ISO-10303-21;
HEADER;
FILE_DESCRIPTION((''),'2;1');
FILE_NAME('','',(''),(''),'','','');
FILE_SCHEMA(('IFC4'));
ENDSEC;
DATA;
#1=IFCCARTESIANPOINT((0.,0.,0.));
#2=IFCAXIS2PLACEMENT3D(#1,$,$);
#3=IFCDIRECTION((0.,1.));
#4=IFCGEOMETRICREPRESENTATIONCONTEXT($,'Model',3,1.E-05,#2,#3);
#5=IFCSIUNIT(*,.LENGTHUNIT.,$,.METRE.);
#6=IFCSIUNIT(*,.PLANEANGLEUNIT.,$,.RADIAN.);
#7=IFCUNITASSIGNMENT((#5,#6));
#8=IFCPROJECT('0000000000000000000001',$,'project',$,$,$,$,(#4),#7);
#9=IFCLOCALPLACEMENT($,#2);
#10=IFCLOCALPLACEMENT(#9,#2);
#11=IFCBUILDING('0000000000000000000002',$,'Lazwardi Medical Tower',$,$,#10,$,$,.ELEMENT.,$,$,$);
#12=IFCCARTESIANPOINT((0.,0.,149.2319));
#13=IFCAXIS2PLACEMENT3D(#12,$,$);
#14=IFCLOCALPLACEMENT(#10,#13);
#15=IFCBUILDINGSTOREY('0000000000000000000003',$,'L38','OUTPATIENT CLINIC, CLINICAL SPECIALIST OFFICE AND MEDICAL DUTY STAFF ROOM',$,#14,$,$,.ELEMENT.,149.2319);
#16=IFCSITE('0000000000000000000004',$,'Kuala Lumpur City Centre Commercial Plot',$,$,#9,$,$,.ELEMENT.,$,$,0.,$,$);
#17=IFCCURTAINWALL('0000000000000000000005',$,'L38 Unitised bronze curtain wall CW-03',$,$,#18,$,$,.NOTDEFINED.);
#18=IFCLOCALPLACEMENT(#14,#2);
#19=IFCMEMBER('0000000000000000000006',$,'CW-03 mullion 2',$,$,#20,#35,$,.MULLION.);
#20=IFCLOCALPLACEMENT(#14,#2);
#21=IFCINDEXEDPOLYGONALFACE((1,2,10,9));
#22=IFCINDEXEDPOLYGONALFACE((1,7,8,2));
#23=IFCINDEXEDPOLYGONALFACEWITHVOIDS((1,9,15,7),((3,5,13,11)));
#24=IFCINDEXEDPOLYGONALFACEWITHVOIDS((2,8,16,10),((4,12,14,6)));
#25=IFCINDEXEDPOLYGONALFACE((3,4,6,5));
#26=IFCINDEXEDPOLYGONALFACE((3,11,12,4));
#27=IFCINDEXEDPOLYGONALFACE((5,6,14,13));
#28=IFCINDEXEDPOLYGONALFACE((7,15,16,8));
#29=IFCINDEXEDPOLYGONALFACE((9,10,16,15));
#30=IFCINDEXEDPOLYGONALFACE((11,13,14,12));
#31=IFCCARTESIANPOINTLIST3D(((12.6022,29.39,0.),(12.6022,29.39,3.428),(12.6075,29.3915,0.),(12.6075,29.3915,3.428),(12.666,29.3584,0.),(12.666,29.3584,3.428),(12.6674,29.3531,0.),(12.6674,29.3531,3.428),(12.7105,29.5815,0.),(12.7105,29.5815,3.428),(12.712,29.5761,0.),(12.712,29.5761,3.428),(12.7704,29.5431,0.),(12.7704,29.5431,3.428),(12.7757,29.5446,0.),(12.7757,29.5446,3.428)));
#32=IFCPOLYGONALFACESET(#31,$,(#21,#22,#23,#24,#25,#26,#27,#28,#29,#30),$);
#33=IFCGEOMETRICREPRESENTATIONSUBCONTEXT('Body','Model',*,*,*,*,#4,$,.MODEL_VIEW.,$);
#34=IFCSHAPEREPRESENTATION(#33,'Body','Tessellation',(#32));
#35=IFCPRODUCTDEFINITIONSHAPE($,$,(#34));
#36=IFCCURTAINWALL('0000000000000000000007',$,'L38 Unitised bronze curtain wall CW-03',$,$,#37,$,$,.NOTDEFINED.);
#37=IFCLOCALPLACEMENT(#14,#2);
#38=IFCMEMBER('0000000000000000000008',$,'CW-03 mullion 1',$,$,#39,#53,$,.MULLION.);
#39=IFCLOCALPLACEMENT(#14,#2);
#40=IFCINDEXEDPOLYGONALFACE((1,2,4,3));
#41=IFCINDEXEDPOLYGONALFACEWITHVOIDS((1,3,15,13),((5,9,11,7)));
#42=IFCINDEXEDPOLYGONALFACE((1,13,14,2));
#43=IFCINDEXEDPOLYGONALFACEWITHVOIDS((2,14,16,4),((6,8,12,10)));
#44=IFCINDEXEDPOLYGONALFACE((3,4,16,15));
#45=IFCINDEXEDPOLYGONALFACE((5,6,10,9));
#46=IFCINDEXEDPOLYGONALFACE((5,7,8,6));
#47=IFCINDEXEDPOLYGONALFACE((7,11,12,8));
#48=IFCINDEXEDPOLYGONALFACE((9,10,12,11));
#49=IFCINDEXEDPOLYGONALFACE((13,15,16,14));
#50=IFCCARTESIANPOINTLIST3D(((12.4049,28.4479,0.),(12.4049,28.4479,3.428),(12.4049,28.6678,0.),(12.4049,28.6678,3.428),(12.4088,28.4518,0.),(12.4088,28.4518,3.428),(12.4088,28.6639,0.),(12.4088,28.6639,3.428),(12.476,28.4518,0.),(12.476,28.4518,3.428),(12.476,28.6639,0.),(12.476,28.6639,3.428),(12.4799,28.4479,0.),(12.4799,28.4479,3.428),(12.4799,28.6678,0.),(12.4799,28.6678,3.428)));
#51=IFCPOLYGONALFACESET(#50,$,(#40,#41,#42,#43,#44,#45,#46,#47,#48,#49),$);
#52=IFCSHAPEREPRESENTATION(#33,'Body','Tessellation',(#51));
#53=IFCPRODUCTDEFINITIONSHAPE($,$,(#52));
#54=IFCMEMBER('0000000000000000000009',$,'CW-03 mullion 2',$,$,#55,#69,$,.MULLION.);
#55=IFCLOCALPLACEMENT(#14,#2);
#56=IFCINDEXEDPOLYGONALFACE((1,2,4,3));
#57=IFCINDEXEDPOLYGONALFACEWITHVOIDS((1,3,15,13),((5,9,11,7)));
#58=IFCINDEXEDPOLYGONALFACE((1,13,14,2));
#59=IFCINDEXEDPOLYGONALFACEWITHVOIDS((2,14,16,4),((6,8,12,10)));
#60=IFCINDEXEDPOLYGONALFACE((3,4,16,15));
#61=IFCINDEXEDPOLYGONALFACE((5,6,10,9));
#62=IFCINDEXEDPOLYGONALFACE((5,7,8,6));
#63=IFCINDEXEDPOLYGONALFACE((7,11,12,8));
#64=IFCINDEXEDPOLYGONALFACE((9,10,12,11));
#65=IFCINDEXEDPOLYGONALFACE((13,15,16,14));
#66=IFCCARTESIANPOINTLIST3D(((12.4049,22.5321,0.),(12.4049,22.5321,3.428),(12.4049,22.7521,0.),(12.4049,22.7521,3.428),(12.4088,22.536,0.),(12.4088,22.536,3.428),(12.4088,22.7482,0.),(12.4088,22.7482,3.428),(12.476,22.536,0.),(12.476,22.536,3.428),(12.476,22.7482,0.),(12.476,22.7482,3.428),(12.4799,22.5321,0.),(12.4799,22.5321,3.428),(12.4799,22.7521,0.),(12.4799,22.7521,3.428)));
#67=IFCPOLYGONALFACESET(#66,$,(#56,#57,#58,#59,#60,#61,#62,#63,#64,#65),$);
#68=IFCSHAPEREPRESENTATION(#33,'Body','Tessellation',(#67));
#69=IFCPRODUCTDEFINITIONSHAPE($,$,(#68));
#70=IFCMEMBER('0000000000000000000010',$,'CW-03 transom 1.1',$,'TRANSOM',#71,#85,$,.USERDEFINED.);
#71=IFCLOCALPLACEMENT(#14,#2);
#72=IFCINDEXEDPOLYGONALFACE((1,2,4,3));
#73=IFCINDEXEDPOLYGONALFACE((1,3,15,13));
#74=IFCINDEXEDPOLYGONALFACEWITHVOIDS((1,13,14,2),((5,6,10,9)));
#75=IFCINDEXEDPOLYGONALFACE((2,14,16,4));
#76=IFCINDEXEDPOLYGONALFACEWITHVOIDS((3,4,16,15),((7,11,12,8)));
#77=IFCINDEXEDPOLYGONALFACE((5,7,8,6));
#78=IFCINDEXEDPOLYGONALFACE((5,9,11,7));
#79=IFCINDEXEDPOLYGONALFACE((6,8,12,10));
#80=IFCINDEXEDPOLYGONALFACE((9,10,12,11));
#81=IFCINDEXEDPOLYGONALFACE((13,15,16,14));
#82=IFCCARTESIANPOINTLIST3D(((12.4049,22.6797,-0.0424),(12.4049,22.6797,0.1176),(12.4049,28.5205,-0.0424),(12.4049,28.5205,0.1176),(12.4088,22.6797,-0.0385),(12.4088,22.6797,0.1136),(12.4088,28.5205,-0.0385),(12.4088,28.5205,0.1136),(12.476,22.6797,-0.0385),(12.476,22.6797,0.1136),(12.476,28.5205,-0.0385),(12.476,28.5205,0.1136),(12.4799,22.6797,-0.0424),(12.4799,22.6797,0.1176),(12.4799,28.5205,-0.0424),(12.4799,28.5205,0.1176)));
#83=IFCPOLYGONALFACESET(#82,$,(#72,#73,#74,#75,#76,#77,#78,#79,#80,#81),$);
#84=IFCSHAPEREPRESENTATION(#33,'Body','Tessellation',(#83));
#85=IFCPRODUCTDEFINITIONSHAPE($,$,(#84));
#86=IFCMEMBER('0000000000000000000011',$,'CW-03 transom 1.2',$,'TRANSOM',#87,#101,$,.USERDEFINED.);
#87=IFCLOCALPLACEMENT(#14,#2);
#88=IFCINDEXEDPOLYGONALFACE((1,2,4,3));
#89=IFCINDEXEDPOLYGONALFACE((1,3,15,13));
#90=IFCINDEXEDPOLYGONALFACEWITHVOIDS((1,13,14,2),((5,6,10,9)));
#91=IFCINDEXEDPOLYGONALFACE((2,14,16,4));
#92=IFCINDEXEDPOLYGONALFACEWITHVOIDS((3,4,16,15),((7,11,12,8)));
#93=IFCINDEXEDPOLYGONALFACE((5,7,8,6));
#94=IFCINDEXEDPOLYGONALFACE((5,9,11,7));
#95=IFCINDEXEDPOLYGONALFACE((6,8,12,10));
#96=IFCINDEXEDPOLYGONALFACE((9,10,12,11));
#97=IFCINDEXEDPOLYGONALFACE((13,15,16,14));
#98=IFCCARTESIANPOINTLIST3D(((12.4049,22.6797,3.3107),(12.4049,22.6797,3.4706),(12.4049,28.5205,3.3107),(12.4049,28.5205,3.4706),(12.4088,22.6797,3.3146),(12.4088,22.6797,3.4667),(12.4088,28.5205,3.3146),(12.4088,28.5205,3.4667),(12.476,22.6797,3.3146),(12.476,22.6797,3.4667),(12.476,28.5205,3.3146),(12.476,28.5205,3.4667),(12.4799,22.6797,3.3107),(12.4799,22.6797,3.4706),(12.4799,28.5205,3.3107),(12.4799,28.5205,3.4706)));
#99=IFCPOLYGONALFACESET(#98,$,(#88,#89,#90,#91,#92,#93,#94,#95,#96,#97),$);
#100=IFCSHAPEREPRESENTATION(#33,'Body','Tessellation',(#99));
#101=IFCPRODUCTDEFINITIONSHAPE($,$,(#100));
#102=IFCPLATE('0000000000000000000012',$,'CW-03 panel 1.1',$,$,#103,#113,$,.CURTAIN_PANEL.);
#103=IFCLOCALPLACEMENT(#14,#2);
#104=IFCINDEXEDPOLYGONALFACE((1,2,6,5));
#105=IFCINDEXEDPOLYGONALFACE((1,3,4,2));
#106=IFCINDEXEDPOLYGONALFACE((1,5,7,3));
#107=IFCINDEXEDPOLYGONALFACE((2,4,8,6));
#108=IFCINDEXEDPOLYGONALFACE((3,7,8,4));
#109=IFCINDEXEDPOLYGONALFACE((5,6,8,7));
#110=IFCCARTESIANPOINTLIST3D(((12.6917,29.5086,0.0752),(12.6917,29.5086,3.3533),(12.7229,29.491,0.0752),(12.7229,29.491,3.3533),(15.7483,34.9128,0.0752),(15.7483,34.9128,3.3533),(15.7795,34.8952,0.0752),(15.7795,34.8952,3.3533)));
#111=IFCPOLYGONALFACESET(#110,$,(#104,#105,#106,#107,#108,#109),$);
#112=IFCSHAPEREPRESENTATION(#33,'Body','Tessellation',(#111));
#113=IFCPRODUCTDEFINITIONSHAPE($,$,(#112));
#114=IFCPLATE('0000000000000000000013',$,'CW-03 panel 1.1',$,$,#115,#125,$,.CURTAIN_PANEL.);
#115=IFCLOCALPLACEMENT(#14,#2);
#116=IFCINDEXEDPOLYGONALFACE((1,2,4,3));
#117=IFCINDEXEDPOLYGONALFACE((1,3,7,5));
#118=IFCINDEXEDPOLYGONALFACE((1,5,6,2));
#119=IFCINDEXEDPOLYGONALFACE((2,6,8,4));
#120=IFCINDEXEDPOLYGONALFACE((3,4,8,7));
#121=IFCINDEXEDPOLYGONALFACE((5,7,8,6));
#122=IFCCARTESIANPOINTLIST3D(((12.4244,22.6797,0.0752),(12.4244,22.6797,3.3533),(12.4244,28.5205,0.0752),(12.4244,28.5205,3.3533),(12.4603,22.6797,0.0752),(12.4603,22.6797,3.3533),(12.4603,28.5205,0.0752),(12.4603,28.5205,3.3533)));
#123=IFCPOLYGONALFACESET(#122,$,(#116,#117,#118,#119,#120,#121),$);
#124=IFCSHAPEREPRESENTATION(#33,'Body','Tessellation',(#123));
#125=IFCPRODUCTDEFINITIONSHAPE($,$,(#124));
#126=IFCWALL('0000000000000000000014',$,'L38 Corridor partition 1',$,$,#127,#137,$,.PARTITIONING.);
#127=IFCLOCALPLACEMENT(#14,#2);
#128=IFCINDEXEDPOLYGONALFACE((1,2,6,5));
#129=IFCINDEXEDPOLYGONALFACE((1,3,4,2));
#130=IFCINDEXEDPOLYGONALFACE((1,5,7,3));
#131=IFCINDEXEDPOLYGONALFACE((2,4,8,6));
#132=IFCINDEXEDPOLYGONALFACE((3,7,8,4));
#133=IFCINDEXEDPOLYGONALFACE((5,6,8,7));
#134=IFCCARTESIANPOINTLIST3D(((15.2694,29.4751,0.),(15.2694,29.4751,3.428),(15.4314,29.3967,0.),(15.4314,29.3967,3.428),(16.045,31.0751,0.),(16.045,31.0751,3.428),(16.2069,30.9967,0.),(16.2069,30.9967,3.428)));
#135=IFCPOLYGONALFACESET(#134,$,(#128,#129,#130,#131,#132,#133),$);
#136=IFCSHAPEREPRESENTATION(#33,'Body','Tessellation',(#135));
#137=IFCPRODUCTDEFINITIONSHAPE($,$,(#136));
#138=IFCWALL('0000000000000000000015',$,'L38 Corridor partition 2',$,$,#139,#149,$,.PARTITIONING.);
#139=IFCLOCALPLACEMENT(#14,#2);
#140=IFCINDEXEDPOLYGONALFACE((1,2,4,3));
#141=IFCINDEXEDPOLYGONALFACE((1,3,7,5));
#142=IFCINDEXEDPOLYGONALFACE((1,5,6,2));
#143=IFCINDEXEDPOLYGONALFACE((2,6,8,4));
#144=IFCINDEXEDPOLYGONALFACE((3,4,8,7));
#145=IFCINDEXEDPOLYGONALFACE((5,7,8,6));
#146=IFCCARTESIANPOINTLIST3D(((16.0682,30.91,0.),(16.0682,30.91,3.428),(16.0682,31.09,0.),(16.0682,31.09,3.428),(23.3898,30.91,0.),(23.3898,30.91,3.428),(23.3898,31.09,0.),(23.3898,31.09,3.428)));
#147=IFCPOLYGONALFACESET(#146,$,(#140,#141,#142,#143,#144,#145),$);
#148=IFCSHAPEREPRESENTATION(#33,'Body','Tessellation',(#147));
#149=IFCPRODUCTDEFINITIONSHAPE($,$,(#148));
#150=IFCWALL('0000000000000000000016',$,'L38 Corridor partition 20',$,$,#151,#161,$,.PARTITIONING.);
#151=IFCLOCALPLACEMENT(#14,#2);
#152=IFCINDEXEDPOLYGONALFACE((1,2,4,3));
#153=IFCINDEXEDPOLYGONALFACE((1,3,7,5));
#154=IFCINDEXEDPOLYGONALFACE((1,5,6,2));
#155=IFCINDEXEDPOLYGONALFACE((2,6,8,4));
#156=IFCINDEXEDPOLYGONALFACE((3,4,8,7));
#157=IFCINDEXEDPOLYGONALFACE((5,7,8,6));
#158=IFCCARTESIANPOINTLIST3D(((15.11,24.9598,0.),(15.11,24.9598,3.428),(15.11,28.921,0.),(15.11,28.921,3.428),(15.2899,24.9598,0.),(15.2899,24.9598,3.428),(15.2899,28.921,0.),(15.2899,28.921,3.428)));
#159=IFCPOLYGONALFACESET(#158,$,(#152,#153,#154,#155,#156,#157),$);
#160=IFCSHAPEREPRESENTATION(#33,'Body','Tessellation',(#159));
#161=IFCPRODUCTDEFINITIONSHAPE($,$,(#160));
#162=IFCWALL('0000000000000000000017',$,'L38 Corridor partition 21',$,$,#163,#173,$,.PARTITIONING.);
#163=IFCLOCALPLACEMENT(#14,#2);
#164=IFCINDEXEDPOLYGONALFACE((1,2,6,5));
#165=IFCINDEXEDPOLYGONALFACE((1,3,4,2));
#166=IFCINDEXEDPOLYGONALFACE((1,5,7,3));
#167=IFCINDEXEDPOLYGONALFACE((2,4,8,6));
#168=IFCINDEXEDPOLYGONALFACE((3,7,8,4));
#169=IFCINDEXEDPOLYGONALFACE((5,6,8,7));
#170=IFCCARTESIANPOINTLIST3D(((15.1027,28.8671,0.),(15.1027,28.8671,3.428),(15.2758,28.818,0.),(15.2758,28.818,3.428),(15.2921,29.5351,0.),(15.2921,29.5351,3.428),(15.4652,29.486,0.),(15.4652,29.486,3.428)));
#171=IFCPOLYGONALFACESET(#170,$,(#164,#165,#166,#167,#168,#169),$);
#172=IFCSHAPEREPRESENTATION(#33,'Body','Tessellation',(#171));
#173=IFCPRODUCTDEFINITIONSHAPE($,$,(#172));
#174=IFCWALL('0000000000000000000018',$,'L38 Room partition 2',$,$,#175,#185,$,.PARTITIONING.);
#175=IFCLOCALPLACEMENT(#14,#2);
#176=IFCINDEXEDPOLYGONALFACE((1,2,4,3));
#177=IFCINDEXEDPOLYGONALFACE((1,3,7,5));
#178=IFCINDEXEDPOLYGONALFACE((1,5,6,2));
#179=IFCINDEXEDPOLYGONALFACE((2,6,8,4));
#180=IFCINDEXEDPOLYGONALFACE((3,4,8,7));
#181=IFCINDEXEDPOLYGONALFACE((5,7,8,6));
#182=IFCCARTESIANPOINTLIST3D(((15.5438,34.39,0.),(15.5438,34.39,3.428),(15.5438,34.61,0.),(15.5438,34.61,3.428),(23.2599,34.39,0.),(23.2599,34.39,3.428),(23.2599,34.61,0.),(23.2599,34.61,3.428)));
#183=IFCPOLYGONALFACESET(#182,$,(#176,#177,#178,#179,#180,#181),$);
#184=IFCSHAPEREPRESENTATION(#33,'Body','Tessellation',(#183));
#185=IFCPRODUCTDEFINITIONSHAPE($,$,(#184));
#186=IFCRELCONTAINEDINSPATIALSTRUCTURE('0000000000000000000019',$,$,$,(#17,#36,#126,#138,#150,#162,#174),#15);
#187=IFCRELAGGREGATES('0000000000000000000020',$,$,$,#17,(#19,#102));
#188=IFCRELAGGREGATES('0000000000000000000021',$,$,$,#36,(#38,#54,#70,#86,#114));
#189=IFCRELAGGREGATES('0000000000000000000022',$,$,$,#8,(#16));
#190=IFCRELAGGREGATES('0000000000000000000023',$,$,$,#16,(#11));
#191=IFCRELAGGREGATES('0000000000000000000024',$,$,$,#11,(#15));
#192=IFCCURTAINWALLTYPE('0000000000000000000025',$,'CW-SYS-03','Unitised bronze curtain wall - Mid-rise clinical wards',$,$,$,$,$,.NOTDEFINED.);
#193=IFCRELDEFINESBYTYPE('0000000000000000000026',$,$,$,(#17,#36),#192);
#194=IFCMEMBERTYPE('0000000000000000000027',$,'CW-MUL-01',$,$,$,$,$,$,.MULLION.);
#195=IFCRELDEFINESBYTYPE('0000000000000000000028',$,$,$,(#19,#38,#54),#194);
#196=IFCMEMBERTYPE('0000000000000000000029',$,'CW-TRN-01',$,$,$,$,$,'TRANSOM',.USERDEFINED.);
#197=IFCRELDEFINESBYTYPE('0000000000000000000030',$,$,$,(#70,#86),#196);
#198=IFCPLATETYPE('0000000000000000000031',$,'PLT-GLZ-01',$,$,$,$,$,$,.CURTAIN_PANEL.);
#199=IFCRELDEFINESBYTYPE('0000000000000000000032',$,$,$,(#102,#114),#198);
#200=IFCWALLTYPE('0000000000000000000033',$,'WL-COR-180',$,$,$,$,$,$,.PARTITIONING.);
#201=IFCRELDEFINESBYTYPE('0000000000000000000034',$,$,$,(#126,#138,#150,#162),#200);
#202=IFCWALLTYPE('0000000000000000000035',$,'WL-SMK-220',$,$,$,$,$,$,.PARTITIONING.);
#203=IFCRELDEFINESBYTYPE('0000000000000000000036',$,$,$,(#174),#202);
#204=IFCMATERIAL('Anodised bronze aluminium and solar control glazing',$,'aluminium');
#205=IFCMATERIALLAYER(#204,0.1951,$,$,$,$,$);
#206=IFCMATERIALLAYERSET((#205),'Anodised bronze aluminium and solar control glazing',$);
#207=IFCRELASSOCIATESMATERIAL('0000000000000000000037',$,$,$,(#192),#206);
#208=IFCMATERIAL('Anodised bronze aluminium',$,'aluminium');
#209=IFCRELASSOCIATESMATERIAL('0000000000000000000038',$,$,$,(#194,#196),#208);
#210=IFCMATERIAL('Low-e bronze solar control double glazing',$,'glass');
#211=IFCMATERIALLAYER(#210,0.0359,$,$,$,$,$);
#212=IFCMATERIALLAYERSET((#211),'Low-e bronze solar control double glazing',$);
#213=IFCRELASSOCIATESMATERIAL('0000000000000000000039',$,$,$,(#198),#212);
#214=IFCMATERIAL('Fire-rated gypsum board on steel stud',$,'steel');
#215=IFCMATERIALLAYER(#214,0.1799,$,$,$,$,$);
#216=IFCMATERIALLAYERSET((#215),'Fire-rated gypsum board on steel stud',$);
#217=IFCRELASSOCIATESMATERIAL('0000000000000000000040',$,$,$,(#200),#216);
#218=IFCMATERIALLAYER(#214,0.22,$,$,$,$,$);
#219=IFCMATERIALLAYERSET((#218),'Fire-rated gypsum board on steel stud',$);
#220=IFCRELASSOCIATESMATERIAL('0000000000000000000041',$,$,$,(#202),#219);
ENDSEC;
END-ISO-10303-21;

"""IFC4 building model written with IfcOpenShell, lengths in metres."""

from ifc_helpers import new_model, si_unit, direction, frame, frame_2d, origin, origin_2d, place, context, subcontext, project, spatial, rectangle, hollow_rectangle, extrude, material, layer, layer_set, material_profile, profile_set, type_object, element, aggregate, save


model = new_model("IFC4")

# Units and contexts
model_context = context("Model", 3, precision=1e-05, world=origin(), true_north=direction((0.0, 1.0)))
body_context = subcontext(model_context, "Body", "Model", "MODEL_VIEW")
ifc_project = project(units=[si_unit("LENGTHUNIT", "METRE"), si_unit("PLANEANGLEUNIT", "RADIAN")], contexts=[model_context])

# Site, building, storey
site_placement = place(None, origin())
site = spatial("IfcSite", under=ifc_project, at=site_placement, Name="Kuala Lumpur City Centre Commercial Plot", CompositionType="ELEMENT", RefElevation=0.0)
building_placement = place(site_placement, origin())
building = spatial("IfcBuilding", under=site, at=building_placement, Name="Lazwardi Medical Tower", CompositionType="ELEMENT")
storey_placement = place(building_placement, frame((0.0, 0.0, 149.2319)))
storey = spatial("IfcBuildingStorey", under=building, at=storey_placement, Name="L38", Description="OUTPATIENT CLINIC, CLINICAL SPECIALIST OFFICE AND MEDICAL DUTY STAFF ROOM", CompositionType="ELEMENT", Elevation=149.2319)

# Curtain wall, member
ifc_material_1 = material(Name="Anodised bronze aluminium and solar control glazing", Category="aluminium")
ifc_layer_1 = layer(ifc_material_1, 0.1951)
ifc_layer_set_1 = layer_set([ifc_layer_1], Name="Anodised bronze aluminium and solar control glazing")
curtain_wall_type = type_object("IfcCurtainWallType", Name="CW-SYS-03", Description="Unitised bronze curtain wall - Mid-rise clinical wards", PredefinedType="NOTDEFINED", material=ifc_layer_set_1)
curtain_wall_1_placement = place(storey_placement, origin())
curtain_wall_1 = element("IfcCurtainWall", 1, at=curtain_wall_1_placement, inside=storey, type_object=curtain_wall_type, Name="L38 Unitised bronze curtain wall CW-03", PredefinedType="NOTDEFINED")
ifc_material_2 = material(Name="Anodised bronze aluminium", Category="aluminium")
ifc_material_profile_1 = material_profile(ifc_material_2, hollow_rectangle(XDim=0.075, YDim=0.22, WallThickness=0.0039, at=origin_2d()), Name="ALU-MULLION 220x75x4")
ifc_profile_set_1 = profile_set([ifc_material_profile_1], Name="Anodised bronze aluminium")
member_type_1 = type_object("IfcMemberType", Name="CW-MUL-01", PredefinedType="MULLION", material=ifc_profile_set_1)
member_1_placement = place(storey_placement, frame((12.689, 29.4673, 0.0), z_axis=(0.0, 0.0, 1.0), x_axis=(0.870419, -0.492312, 0.0)))
member_1 = element("IfcMember", 2, at=member_1_placement, type_object=member_type_1, Name="CW-03 mullion 2", PredefinedType="MULLION", context=body_context, shape_type="SweptSolid", body=[
    extrude(hollow_rectangle(XDim=0.075, YDim=0.22, WallThickness=0.0039, at=origin_2d()), origin(), (0.0, 0.0, 1.0), 3.428),
])

# Curtain wall, members
curtain_wall_2_placement = place(storey_placement, origin())
curtain_wall_2 = element("IfcCurtainWall", 3, at=curtain_wall_2_placement, inside=storey, type_object=curtain_wall_type, Name="L38 Unitised bronze curtain wall CW-03", PredefinedType="NOTDEFINED")
member_2_placement = place(storey_placement, frame((12.4424, 28.5579, 0.0), z_axis=(0.0, 0.0, 1.0), x_axis=(1.0, 0.0, 0.0)))
member_2 = element("IfcMember", 4, at=member_2_placement, type_object=member_type_1, Name="CW-03 mullion 1", PredefinedType="MULLION", context=body_context, shape_type="SweptSolid", body=[
    extrude(hollow_rectangle(XDim=0.075, YDim=0.22, WallThickness=0.0039, at=origin_2d()), origin(), (0.0, 0.0, 1.0), 3.428),
])
member_3_placement = place(storey_placement, frame((12.4424, 22.6421, 0.0), z_axis=(0.0, 0.0, 1.0), x_axis=(1.0, 0.0, 0.0)))
member_3 = element("IfcMember", 5, at=member_3_placement, type_object=member_type_1, Name="CW-03 mullion 2", PredefinedType="MULLION", context=body_context, shape_type="SweptSolid", body=[
    extrude(hollow_rectangle(XDim=0.075, YDim=0.22, WallThickness=0.0039, at=origin_2d()), origin(), (0.0, 0.0, 1.0), 3.428),
])
ifc_material_profile_2 = material_profile(ifc_material_2, hollow_rectangle(XDim=0.075, YDim=0.1599, WallThickness=0.0039, at=origin_2d()), Name="ALU-TRANSOM 160x75x4")
ifc_profile_set_2 = profile_set([ifc_material_profile_2], Name="Anodised bronze aluminium")
member_type_2 = type_object("IfcMemberType", Name="CW-TRN-01", ElementType="TRANSOM", PredefinedType="USERDEFINED", material=ifc_profile_set_2)
member_4_placement = place(storey_placement, frame((12.4424, 28.5205, 0.0376), z_axis=(0.0, -1.0, 0.0), x_axis=(1.0, 0.0, 0.0)))
member_4 = element("IfcMember", 6, at=member_4_placement, type_object=member_type_2, Name="CW-03 transom 1.1", ObjectType="TRANSOM", PredefinedType="USERDEFINED", context=body_context, shape_type="SweptSolid", body=[
    extrude(hollow_rectangle(XDim=0.075, YDim=0.1599, WallThickness=0.0039, at=origin_2d()), origin(), (0.0, 0.0, 1.0), 5.8408),
])
member_5_placement = place(storey_placement, frame((12.4424, 28.5205, 3.3906), z_axis=(0.0, -1.0, 0.0), x_axis=(1.0, 0.0, 0.0)))
member_5 = element("IfcMember", 7, at=member_5_placement, type_object=member_type_2, Name="CW-03 transom 1.2", ObjectType="TRANSOM", PredefinedType="USERDEFINED", context=body_context, shape_type="SweptSolid", body=[
    extrude(hollow_rectangle(XDim=0.075, YDim=0.1599, WallThickness=0.0039, at=origin_2d()), origin(), (0.0, 0.0, 1.0), 5.8408),
])

# Plates
ifc_material_3 = material(Name="Low-e bronze solar control double glazing", Category="glass")
ifc_layer_2 = layer(ifc_material_3, 0.0359)
ifc_layer_set_2 = layer_set([ifc_layer_2], Name="Low-e bronze solar control double glazing")
plate_type = type_object("IfcPlateType", Name="PLT-GLZ-01", PredefinedType="CURTAIN_PANEL", material=ifc_layer_set_2)
plate_1_placement = place(storey_placement, frame((14.2356, 32.2019, 0.0752), z_axis=(0.0, 0.0, 1.0), x_axis=(-0.492312, -0.870419, 0.0)))
plate_1 = element("IfcPlate", 8, at=plate_1_placement, type_object=plate_type, Name="CW-03 panel 1.1", PredefinedType="CURTAIN_PANEL", context=body_context, shape_type="SweptSolid", body=[
    extrude(rectangle(XDim=6.2087, YDim=0.0359, at=origin_2d()), origin(), (0.0, 0.0, 1.0), 3.2781),
])
aggregate(curtain_wall_1, [member_1, plate_1])
plate_2_placement = place(storey_placement, frame((12.4424, 25.6001, 0.0752), z_axis=(0.0, 0.0, 1.0), x_axis=(0.0, -1.0, 0.0)))
plate_2 = element("IfcPlate", 9, at=plate_2_placement, type_object=plate_type, Name="CW-03 panel 1.1", PredefinedType="CURTAIN_PANEL", context=body_context, shape_type="SweptSolid", body=[
    extrude(rectangle(XDim=5.8408, YDim=0.0359, at=origin_2d()), origin(), (0.0, 0.0, 1.0), 3.2781),
])
aggregate(curtain_wall_2, [member_2, member_3, member_4, member_5, plate_2])

# Walls
ifc_material_4 = material(Name="Fire-rated gypsum board on steel stud", Category="steel")
ifc_layer_3 = layer(ifc_material_4, 0.1799)
ifc_layer_set_3 = layer_set([ifc_layer_3], Name="Fire-rated gypsum board on steel stud")
wall_type_1 = type_object("IfcWallType", Name="WL-COR-180", PredefinedType="PARTITIONING", material=ifc_layer_set_3)
wall_1_placement = place(storey_placement, frame((15.3503, 29.4358, 0.0), z_axis=(0.0, 0.0, 1.0), x_axis=(0.436196, 0.899852, 0.0)))
element("IfcWall", 10, at=wall_1_placement, inside=storey, type_object=wall_type_1, Name="L38 Corridor partition 1", PredefinedType="PARTITIONING", context=body_context, shape_type="SweptSolid", body=[
    extrude(rectangle(XDim=1.7781, YDim=0.1799, at=frame_2d((0.8892, 0.0))), origin(), (0.0, 0.0, 1.0), 3.428),
])
wall_2_placement = place(storey_placement, frame((16.0684, 31.0, 0.0), z_axis=(0.0, 0.0, 1.0), x_axis=(1.0, 0.0, 0.0)))
element("IfcWall", 11, at=wall_2_placement, inside=storey, type_object=wall_type_1, Name="L38 Corridor partition 2", PredefinedType="PARTITIONING", context=body_context, shape_type="SweptSolid", body=[
    extrude(rectangle(XDim=7.3215, YDim=0.1799, at=frame_2d((3.6606, 0.0))), origin(), (0.0, 0.0, 1.0), 3.428),
])
wall_3_placement = place(storey_placement, frame((15.2, 24.96, 0.0), z_axis=(0.0, 0.0, 1.0), x_axis=(0.0, 1.0, 0.0)))
element("IfcWall", 12, at=wall_3_placement, inside=storey, type_object=wall_type_1, Name="L38 Corridor partition 20", PredefinedType="PARTITIONING", context=body_context, shape_type="SweptSolid", body=[
    extrude(rectangle(XDim=3.9612, YDim=0.1799, at=frame_2d((1.9805, 0.0))), origin(), (0.0, 0.0, 1.0), 3.428),
])
wall_4_placement = place(storey_placement, frame((15.1892, 28.8425, 0.0), z_axis=(0.0, 0.0, 1.0), x_axis=(0.272863, 0.962053, 0.0)))
element("IfcWall", 13, at=wall_4_placement, inside=storey, type_object=wall_type_1, Name="L38 Corridor partition 21", PredefinedType="PARTITIONING", context=body_context, shape_type="SweptSolid", body=[
    extrude(rectangle(XDim=0.6943, YDim=0.1799, at=frame_2d((0.3472, 0.0))), origin(), (0.0, 0.0, 1.0), 3.428),
])
ifc_layer_4 = layer(ifc_material_4, 0.22)
ifc_layer_set_4 = layer_set([ifc_layer_4], Name="Fire-rated gypsum board on steel stud")
wall_type_2 = type_object("IfcWallType", Name="WL-SMK-220", PredefinedType="PARTITIONING", material=ifc_layer_set_4)
wall_5_placement = place(storey_placement, frame((15.5439, 34.5, 0.0), z_axis=(0.0, 0.0, 1.0), x_axis=(1.0, 0.0, 0.0)))
element("IfcWall", 14, at=wall_5_placement, inside=storey, type_object=wall_type_2, Name="L38 Room partition 2", PredefinedType="PARTITIONING", context=body_context, shape_type="SweptSolid", body=[
    extrude(rectangle(XDim=7.7161, YDim=0.22, at=frame_2d((3.8579, 0.0))), origin(), (0.0, 0.0, 1.0), 3.428),
])

save(model, "model.ifc")
